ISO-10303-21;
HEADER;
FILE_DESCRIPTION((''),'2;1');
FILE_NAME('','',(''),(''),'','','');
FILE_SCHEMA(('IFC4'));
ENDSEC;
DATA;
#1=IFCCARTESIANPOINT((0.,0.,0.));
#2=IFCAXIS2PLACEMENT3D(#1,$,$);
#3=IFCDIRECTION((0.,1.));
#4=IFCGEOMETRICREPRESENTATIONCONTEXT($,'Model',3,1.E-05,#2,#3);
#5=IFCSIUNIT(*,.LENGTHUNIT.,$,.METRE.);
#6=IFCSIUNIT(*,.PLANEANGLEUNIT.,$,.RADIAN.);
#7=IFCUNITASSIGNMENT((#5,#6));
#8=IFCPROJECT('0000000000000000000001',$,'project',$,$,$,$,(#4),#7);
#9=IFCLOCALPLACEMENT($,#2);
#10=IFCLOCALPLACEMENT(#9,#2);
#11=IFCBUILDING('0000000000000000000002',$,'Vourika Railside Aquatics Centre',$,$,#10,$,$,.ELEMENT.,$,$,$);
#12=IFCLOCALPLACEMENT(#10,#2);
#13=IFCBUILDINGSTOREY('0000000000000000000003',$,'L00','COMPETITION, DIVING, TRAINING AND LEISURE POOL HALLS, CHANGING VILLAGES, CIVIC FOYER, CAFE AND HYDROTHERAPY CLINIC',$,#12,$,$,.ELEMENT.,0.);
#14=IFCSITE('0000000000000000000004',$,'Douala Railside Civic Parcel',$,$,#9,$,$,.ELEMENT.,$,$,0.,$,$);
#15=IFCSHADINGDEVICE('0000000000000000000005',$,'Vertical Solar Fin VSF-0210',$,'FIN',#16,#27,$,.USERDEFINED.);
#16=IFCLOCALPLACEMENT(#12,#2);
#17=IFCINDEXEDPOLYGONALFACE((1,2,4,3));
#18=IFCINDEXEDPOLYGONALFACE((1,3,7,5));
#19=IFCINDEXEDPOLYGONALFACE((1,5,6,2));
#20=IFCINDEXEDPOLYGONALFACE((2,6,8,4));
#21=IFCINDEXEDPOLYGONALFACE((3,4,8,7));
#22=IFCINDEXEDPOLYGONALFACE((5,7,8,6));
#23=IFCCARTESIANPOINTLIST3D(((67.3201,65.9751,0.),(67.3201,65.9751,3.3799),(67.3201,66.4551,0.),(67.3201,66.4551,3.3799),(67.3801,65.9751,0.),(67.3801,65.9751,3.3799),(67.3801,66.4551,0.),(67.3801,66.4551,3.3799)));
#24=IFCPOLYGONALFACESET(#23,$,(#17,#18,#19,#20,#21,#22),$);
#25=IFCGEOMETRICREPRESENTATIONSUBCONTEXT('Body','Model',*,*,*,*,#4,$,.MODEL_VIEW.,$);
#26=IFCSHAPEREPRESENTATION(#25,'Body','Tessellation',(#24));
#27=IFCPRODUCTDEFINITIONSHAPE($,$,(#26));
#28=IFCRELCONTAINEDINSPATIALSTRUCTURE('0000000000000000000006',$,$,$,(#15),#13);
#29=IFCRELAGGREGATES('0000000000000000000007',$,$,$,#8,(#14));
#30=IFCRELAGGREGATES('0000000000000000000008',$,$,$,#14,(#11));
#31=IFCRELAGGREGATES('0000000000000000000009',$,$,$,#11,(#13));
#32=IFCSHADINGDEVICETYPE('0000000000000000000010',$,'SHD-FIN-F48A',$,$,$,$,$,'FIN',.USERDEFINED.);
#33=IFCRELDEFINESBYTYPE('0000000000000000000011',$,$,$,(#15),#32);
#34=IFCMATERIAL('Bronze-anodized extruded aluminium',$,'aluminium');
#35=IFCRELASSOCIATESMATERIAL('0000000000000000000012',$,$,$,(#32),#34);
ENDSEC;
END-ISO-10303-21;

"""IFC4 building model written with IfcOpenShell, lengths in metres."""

from ifc_helpers import new_model, si_unit, direction, frame, origin, origin_2d, place, context, subcontext, project, spatial, rectangle, extrude, material, material_profile, profile_set, type_object, element, save


model = new_model("IFC4")

# Units and contexts
model_context = context("Model", 3, precision=1e-05, world=origin(), true_north=direction((0.0, 1.0)))
body_context = subcontext(model_context, "Body", "Model", "MODEL_VIEW")
ifc_project = project(units=[si_unit("LENGTHUNIT", "METRE"), si_unit("PLANEANGLEUNIT", "RADIAN")], contexts=[model_context])

# Site, building, storey
site_placement = place(None, origin())
site = spatial("IfcSite", under=ifc_project, at=site_placement, Name="Douala Railside Civic Parcel", CompositionType="ELEMENT", RefElevation=0.0)
building_placement = place(site_placement, origin())
building = spatial("IfcBuilding", under=site, at=building_placement, Name="Vourika Railside Aquatics Centre", CompositionType="ELEMENT")
storey_placement = place(building_placement, origin())
storey = spatial("IfcBuildingStorey", under=building, at=storey_placement, Name="L00", Description="COMPETITION, DIVING, TRAINING AND LEISURE POOL HALLS, CHANGING VILLAGES, CIVIC FOYER, CAFE AND HYDROTHERAPY CLINIC", CompositionType="ELEMENT", Elevation=0.0)

# Shading device
ifc_material_1 = material(Name="Bronze-anodized extruded aluminium", Category="aluminium")
ifc_material_profile_1 = material_profile(ifc_material_1, rectangle(XDim=0.0601, YDim=0.48, at=origin_2d()), Name="ALU-FIN 60x480")
ifc_profile_set_1 = profile_set([ifc_material_profile_1], Name="Bronze-anodized extruded aluminium")
shading_device_type = type_object("IfcShadingDeviceType", Name="SHD-FIN-F48A", ElementType="FIN", PredefinedType="USERDEFINED", material=ifc_profile_set_1)
shading_device_placement = place(storey_placement, frame((67.3501, 66.2151, 0.0), z_axis=(0.0, 0.0, 1.0), x_axis=(1.0, 0.0, 0.0)))
element("IfcShadingDevice", 1, at=shading_device_placement, inside=storey, type_object=shading_device_type, Name="Vertical Solar Fin VSF-0210", ObjectType="FIN", PredefinedType="USERDEFINED", context=body_context, shape_type="SweptSolid", body=[
    extrude(rectangle(XDim=0.0601, YDim=0.48, at=origin_2d()), origin(), (0.0, 0.0, 1.0), 3.3799),
])

save(model, "model.ifc")
